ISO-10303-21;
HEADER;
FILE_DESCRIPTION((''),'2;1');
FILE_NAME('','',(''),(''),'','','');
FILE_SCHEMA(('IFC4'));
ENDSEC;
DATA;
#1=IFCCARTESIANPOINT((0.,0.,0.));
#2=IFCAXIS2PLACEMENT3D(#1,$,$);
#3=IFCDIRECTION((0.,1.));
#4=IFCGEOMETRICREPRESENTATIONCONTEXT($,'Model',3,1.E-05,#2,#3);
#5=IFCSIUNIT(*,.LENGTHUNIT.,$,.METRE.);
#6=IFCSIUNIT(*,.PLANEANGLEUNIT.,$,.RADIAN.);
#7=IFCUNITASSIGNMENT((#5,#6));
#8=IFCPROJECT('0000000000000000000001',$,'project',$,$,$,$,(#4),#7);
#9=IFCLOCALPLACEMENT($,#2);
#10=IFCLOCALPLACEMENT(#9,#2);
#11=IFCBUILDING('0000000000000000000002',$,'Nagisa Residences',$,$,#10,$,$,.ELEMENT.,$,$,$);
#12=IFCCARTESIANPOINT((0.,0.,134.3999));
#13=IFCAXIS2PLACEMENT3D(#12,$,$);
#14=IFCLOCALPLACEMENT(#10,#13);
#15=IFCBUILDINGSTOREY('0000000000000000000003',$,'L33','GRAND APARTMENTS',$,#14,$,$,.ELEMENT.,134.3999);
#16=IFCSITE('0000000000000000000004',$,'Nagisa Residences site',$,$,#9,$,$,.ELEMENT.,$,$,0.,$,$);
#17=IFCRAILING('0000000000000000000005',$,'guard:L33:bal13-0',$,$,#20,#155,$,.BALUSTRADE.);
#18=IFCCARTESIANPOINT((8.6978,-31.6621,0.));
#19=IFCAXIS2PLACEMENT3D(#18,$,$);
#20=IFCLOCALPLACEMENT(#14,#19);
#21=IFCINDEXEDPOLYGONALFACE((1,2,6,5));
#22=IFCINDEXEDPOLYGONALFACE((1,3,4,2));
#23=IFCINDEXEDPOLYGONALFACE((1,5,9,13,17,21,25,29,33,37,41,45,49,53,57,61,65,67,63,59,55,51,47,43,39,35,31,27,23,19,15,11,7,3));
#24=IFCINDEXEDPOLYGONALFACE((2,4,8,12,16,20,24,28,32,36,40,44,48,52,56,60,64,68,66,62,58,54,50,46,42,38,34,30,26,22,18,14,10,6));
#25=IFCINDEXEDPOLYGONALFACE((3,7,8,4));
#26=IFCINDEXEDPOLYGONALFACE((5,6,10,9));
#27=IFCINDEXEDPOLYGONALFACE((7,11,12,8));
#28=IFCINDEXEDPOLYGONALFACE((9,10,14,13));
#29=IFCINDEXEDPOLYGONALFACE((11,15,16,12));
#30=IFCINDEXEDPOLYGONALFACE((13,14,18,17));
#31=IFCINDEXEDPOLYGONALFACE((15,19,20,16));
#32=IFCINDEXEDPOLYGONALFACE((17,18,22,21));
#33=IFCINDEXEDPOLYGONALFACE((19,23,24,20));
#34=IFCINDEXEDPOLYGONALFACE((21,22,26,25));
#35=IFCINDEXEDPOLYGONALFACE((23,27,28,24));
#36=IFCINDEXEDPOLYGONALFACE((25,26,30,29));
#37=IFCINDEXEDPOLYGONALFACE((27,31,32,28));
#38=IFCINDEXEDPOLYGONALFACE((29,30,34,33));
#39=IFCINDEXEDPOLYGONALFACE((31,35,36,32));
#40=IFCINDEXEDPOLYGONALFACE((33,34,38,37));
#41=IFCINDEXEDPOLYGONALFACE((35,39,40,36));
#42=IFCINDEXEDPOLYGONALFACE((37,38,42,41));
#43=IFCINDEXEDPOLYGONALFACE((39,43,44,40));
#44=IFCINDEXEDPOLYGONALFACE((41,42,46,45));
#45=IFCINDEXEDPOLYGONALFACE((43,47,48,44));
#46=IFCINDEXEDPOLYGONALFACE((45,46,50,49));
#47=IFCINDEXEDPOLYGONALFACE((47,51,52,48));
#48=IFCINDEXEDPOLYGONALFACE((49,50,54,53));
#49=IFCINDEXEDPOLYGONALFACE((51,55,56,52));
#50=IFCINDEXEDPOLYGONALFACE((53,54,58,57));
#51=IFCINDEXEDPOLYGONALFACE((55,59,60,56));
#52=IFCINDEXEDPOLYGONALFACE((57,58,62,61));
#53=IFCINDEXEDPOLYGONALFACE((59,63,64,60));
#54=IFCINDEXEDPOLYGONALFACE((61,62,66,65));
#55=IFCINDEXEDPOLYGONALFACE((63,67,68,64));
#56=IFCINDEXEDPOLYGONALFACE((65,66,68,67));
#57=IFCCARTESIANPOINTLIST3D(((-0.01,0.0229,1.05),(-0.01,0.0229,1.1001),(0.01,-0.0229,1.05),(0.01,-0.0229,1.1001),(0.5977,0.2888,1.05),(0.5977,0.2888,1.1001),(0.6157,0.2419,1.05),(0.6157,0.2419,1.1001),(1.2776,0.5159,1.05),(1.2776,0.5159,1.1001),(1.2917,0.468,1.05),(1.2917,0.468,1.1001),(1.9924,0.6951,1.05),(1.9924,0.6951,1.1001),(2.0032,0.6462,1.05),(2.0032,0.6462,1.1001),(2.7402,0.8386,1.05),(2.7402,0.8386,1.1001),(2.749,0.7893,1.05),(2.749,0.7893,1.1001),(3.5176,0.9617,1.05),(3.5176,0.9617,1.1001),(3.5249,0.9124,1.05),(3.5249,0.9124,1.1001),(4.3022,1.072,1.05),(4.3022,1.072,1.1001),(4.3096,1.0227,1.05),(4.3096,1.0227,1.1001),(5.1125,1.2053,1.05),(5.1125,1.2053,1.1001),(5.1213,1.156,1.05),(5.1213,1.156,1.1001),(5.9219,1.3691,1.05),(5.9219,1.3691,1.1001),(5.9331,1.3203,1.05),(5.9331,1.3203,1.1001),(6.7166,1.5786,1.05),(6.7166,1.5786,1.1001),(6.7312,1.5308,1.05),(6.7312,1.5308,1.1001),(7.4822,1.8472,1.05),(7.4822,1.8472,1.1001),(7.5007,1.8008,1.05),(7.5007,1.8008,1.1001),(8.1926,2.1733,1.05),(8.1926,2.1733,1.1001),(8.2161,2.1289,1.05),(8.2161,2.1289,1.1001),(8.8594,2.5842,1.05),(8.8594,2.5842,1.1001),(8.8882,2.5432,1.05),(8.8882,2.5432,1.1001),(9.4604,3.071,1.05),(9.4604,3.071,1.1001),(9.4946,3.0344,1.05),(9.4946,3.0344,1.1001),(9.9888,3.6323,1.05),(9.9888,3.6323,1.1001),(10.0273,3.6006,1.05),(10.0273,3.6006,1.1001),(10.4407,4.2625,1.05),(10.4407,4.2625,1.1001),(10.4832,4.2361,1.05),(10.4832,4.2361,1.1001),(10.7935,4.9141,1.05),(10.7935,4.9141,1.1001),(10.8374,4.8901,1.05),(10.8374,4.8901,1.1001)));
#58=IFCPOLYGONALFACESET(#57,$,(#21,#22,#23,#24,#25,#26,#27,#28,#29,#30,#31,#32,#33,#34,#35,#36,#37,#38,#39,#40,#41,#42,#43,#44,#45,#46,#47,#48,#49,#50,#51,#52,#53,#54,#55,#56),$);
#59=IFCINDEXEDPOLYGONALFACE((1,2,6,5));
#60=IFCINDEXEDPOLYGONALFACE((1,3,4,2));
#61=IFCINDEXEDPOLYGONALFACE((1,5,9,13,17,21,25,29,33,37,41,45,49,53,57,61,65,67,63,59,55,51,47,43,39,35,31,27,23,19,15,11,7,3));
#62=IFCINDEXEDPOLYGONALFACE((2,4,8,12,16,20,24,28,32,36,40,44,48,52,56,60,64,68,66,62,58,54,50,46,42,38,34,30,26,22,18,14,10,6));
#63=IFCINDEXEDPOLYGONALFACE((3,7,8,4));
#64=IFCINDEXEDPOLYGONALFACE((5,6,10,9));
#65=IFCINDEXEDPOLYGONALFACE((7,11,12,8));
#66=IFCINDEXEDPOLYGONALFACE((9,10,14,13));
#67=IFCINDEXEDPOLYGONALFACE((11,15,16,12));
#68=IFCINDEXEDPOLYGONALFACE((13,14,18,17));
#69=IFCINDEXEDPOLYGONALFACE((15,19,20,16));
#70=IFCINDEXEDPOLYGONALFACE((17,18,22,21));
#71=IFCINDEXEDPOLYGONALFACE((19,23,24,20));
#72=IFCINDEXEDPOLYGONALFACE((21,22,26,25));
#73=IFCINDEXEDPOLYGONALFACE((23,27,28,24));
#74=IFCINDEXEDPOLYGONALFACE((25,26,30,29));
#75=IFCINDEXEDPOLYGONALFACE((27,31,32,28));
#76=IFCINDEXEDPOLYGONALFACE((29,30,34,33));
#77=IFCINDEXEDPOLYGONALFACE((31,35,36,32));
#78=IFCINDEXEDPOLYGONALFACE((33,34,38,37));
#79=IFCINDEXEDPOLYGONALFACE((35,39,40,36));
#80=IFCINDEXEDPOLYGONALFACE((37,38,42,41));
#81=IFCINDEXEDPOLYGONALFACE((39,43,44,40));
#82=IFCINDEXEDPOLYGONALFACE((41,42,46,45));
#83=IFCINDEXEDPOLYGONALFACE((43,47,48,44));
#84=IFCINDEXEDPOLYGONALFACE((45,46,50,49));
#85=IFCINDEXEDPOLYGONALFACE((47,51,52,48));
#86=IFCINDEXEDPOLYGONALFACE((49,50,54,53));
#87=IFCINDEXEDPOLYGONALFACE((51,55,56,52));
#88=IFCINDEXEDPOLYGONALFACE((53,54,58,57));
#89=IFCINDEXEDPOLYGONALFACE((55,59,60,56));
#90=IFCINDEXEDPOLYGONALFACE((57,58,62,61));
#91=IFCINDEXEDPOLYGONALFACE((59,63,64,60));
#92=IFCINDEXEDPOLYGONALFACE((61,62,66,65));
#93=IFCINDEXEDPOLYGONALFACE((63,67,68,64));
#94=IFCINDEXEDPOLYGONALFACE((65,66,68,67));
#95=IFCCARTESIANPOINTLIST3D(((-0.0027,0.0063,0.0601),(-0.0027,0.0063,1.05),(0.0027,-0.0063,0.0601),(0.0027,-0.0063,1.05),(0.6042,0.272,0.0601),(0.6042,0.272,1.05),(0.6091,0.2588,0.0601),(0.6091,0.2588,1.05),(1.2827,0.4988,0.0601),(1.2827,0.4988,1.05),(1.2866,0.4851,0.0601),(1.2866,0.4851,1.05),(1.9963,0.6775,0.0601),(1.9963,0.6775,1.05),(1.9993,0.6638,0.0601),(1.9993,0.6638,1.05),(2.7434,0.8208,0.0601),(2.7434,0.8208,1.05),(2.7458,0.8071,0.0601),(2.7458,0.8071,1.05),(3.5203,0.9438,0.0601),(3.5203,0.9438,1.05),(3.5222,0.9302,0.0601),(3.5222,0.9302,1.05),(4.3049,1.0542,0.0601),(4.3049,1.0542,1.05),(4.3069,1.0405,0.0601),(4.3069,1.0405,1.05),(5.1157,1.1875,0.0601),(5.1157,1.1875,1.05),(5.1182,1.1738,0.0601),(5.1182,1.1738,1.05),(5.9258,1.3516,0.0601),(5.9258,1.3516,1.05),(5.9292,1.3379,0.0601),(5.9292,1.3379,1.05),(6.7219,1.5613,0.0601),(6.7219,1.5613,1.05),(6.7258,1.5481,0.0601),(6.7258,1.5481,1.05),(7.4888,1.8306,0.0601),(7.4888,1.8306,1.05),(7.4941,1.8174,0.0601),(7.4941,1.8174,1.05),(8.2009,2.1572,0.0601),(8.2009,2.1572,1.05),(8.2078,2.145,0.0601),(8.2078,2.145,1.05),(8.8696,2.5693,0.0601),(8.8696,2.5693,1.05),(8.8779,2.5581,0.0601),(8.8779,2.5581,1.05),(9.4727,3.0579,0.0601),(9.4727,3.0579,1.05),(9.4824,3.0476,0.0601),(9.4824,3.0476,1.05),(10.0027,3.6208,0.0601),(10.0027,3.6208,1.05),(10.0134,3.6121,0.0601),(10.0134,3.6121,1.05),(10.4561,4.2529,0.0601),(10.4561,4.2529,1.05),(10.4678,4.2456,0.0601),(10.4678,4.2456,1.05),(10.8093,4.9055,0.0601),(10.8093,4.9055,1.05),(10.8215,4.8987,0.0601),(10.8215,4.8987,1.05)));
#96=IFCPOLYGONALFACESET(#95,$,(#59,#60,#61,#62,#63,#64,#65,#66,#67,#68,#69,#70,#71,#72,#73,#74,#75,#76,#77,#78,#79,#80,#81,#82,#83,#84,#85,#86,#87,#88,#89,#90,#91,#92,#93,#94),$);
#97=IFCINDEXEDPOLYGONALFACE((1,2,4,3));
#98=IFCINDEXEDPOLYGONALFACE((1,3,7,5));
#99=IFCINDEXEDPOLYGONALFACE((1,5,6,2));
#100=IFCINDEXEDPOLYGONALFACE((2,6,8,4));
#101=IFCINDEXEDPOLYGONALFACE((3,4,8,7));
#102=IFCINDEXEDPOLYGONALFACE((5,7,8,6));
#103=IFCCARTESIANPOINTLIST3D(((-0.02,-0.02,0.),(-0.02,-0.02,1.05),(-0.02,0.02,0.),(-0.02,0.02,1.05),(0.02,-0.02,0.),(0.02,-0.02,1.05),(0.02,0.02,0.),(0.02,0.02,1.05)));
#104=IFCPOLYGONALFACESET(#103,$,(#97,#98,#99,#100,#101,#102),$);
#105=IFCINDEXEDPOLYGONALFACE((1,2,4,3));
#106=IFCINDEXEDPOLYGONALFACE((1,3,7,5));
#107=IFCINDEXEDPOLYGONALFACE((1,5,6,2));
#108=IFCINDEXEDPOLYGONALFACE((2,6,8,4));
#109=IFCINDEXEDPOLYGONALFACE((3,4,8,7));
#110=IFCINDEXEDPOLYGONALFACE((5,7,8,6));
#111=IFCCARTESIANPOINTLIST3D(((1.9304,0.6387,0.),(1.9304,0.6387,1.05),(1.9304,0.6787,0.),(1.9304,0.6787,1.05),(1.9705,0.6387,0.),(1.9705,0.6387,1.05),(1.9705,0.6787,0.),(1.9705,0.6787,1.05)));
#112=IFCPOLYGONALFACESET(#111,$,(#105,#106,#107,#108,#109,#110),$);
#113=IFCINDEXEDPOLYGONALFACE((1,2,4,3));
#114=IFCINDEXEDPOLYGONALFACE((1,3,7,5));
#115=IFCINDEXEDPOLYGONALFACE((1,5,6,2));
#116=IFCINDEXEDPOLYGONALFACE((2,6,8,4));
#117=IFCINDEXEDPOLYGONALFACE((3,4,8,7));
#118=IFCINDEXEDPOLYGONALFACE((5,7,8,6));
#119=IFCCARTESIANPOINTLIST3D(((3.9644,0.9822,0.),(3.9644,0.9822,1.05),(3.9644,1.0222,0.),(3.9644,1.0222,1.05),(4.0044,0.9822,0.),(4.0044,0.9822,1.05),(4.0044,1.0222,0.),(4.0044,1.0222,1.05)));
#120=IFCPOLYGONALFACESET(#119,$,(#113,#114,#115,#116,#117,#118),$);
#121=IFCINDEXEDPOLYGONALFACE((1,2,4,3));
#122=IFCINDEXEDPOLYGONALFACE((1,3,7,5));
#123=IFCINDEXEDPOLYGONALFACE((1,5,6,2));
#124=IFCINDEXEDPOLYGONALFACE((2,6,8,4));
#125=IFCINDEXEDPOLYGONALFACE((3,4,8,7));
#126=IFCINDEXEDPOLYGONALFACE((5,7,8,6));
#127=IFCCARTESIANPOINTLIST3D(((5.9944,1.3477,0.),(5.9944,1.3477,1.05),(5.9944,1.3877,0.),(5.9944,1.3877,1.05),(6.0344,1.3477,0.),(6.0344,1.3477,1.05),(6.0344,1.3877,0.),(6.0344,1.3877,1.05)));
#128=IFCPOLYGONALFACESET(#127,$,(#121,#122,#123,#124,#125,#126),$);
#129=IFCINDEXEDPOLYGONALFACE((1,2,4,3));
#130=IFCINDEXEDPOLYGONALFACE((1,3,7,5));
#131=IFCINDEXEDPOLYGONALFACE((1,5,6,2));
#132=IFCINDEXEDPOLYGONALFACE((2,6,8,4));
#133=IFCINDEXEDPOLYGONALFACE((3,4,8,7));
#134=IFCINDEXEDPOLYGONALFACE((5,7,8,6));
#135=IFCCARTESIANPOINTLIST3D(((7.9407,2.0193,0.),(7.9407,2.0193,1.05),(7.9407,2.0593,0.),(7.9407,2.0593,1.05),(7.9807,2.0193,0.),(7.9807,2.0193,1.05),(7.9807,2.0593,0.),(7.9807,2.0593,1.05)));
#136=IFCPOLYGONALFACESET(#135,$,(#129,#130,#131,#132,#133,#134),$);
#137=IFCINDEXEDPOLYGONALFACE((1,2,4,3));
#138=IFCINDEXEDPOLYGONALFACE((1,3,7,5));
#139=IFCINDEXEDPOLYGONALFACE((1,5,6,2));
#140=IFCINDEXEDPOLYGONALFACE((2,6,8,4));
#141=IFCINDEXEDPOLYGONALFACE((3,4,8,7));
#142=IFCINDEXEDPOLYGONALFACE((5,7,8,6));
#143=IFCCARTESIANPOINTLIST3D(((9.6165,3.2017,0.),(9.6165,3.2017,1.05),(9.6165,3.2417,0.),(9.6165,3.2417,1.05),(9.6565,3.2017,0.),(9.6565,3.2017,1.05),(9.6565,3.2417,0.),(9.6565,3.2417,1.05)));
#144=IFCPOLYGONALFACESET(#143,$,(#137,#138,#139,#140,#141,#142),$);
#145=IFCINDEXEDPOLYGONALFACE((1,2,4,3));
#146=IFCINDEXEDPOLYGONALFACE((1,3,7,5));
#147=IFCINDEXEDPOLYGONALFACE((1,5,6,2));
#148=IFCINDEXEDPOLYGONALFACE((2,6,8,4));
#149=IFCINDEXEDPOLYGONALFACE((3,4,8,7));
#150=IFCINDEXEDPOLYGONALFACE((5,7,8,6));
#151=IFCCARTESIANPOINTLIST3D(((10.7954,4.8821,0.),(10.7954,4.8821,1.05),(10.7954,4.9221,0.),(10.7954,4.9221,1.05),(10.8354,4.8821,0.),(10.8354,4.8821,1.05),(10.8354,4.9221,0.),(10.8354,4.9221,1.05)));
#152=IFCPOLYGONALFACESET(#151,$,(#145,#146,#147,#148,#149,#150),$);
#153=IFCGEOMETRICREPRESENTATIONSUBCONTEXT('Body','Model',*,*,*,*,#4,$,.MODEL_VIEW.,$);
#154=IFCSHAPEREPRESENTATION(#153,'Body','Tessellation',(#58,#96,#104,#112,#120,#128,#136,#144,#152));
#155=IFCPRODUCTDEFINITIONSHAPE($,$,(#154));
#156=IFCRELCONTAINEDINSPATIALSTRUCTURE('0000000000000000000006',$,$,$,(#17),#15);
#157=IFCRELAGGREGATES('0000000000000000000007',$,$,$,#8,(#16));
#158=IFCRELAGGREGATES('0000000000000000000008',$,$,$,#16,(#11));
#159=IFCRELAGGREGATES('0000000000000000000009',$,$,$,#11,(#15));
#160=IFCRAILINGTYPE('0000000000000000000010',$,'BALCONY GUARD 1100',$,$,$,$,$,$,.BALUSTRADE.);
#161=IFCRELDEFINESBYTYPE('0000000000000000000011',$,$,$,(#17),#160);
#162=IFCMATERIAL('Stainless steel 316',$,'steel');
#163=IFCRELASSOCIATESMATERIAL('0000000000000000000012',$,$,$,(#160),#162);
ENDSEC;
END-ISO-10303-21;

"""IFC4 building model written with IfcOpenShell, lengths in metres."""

from ifc_helpers import new_model, si_unit, direction, frame, origin, origin_2d, place, context, subcontext, project, spatial, polyline, rectangle, outline, extrude, material, type_object, element, save


model = new_model("IFC4")

# Units and contexts
model_context = context("Model", 3, precision=1e-05, world=origin(), true_north=direction((0.0, 1.0)))
body_context = subcontext(model_context, "Body", "Model", "MODEL_VIEW")
ifc_project = project(units=[si_unit("LENGTHUNIT", "METRE"), si_unit("PLANEANGLEUNIT", "RADIAN")], contexts=[model_context])

# Site, building, storey
site_placement = place(None, origin())
site = spatial("IfcSite", under=ifc_project, at=site_placement, Name="Nagisa Residences site", CompositionType="ELEMENT", RefElevation=0.0)
building_placement = place(site_placement, origin())
building = spatial("IfcBuilding", under=site, at=building_placement, Name="Nagisa Residences", CompositionType="ELEMENT")
storey_placement = place(building_placement, frame((0.0, 0.0, 134.3999)))
storey = spatial("IfcBuildingStorey", under=building, at=storey_placement, Name="L33", Description="GRAND APARTMENTS", CompositionType="ELEMENT", Elevation=134.3999)

# Railing
ifc_material_1 = material(Name="Stainless steel 316", Category="steel")
railing_type = type_object("IfcRailingType", Name="BALCONY GUARD 1100", PredefinedType="BALUSTRADE", material=ifc_material_1)
railing_placement = place(storey_placement, frame((8.6978, -31.6621, 0.0)))
element("IfcRailing", 1, at=railing_placement, inside=storey, type_object=railing_type, Name="guard:L33:bal13-0", PredefinedType="BALUSTRADE", context=body_context, shape_type="SweptSolid", body=[
    extrude(outline(polyline([(0.5977, 0.2888), (-0.01, 0.0229), (0.01, -0.0229), (0.6157, 0.2419), (1.2917, 0.468), (2.0032, 0.6462), (2.749, 0.7893), (3.5249, 0.9124), (4.3096, 1.0227), (5.1213, 1.156), (5.9331, 1.3203), (6.7312, 1.5308), (7.5007, 1.8008), (8.2161, 2.1289), (8.8882, 2.5432), (9.4946, 3.0344), (10.0273, 3.6006), (10.4832, 4.2361), (10.8374, 4.8901), (10.7935, 4.9141), (10.4407, 4.2625), (9.9888, 3.6323), (9.4604, 3.071), (8.8594, 2.5842), (8.1926, 2.1733), (7.4822, 1.8472), (6.7166, 1.5786), (5.9219, 1.3691), (5.1125, 1.2053), (4.3022, 1.072), (3.5176, 0.9617), (2.7402, 0.8386), (1.9924, 0.6951), (1.2776, 0.5159), (0.5977, 0.2888)])), frame((0.0, 0.0, 1.05)), (0.0, 0.0, 1.0), 0.05),
    extrude(outline(polyline([(0.6042, 0.272), (-0.0027, 0.0063), (0.0027, -0.0063), (0.6091, 0.2588), (1.2866, 0.4851), (1.9993, 0.6638), (2.7458, 0.8071), (3.5222, 0.9302), (4.3069, 1.0405), (5.1182, 1.1738), (5.9292, 1.3379), (6.7258, 1.5481), (7.4941, 1.8174), (8.2078, 2.145), (8.8779, 2.5581), (9.4824, 3.0476), (10.0134, 3.6121), (10.4678, 4.2456), (10.8215, 4.8987), (10.8093, 4.9055), (10.4561, 4.2529), (10.0027, 3.6208), (9.4727, 3.0579), (8.8696, 2.5693), (8.2009, 2.1572), (7.4888, 1.8306), (6.7219, 1.5613), (5.9258, 1.3516), (5.1157, 1.1875), (4.3049, 1.0542), (3.5203, 0.9438), (2.7434, 0.8208), (1.9963, 0.6775), (1.2827, 0.4988), (0.6042, 0.272)])), frame((0.0, 0.0, 0.0601)), (0.0, 0.0, 1.0), 0.99),
    extrude(rectangle(XDim=0.04, YDim=0.04, at=origin_2d()), origin(), (0.0, 0.0, 1.0), 1.05),
    extrude(rectangle(XDim=0.04, YDim=0.04, at=origin_2d()), frame((1.9504, 0.6587, 0.0)), (0.0, 0.0, 1.0), 1.05),
    extrude(rectangle(XDim=0.04, YDim=0.04, at=origin_2d()), frame((3.9844, 1.0022, 0.0)), (0.0, 0.0, 1.0), 1.05),
    extrude(rectangle(XDim=0.04, YDim=0.04, at=origin_2d()), frame((6.0144, 1.3677, 0.0)), (0.0, 0.0, 1.0), 1.05),
    extrude(rectangle(XDim=0.04, YDim=0.04, at=origin_2d()), frame((7.9607, 2.0393, 0.0)), (0.0, 0.0, 1.0), 1.05),
    extrude(rectangle(XDim=0.04, YDim=0.04, at=origin_2d()), frame((9.6365, 3.2217, 0.0)), (0.0, 0.0, 1.0), 1.05),
    extrude(rectangle(XDim=0.04, YDim=0.04, at=origin_2d()), frame((10.8154, 4.9021, 0.0)), (0.0, 0.0, 1.0), 1.05),
])

save(model, "model.ifc")
